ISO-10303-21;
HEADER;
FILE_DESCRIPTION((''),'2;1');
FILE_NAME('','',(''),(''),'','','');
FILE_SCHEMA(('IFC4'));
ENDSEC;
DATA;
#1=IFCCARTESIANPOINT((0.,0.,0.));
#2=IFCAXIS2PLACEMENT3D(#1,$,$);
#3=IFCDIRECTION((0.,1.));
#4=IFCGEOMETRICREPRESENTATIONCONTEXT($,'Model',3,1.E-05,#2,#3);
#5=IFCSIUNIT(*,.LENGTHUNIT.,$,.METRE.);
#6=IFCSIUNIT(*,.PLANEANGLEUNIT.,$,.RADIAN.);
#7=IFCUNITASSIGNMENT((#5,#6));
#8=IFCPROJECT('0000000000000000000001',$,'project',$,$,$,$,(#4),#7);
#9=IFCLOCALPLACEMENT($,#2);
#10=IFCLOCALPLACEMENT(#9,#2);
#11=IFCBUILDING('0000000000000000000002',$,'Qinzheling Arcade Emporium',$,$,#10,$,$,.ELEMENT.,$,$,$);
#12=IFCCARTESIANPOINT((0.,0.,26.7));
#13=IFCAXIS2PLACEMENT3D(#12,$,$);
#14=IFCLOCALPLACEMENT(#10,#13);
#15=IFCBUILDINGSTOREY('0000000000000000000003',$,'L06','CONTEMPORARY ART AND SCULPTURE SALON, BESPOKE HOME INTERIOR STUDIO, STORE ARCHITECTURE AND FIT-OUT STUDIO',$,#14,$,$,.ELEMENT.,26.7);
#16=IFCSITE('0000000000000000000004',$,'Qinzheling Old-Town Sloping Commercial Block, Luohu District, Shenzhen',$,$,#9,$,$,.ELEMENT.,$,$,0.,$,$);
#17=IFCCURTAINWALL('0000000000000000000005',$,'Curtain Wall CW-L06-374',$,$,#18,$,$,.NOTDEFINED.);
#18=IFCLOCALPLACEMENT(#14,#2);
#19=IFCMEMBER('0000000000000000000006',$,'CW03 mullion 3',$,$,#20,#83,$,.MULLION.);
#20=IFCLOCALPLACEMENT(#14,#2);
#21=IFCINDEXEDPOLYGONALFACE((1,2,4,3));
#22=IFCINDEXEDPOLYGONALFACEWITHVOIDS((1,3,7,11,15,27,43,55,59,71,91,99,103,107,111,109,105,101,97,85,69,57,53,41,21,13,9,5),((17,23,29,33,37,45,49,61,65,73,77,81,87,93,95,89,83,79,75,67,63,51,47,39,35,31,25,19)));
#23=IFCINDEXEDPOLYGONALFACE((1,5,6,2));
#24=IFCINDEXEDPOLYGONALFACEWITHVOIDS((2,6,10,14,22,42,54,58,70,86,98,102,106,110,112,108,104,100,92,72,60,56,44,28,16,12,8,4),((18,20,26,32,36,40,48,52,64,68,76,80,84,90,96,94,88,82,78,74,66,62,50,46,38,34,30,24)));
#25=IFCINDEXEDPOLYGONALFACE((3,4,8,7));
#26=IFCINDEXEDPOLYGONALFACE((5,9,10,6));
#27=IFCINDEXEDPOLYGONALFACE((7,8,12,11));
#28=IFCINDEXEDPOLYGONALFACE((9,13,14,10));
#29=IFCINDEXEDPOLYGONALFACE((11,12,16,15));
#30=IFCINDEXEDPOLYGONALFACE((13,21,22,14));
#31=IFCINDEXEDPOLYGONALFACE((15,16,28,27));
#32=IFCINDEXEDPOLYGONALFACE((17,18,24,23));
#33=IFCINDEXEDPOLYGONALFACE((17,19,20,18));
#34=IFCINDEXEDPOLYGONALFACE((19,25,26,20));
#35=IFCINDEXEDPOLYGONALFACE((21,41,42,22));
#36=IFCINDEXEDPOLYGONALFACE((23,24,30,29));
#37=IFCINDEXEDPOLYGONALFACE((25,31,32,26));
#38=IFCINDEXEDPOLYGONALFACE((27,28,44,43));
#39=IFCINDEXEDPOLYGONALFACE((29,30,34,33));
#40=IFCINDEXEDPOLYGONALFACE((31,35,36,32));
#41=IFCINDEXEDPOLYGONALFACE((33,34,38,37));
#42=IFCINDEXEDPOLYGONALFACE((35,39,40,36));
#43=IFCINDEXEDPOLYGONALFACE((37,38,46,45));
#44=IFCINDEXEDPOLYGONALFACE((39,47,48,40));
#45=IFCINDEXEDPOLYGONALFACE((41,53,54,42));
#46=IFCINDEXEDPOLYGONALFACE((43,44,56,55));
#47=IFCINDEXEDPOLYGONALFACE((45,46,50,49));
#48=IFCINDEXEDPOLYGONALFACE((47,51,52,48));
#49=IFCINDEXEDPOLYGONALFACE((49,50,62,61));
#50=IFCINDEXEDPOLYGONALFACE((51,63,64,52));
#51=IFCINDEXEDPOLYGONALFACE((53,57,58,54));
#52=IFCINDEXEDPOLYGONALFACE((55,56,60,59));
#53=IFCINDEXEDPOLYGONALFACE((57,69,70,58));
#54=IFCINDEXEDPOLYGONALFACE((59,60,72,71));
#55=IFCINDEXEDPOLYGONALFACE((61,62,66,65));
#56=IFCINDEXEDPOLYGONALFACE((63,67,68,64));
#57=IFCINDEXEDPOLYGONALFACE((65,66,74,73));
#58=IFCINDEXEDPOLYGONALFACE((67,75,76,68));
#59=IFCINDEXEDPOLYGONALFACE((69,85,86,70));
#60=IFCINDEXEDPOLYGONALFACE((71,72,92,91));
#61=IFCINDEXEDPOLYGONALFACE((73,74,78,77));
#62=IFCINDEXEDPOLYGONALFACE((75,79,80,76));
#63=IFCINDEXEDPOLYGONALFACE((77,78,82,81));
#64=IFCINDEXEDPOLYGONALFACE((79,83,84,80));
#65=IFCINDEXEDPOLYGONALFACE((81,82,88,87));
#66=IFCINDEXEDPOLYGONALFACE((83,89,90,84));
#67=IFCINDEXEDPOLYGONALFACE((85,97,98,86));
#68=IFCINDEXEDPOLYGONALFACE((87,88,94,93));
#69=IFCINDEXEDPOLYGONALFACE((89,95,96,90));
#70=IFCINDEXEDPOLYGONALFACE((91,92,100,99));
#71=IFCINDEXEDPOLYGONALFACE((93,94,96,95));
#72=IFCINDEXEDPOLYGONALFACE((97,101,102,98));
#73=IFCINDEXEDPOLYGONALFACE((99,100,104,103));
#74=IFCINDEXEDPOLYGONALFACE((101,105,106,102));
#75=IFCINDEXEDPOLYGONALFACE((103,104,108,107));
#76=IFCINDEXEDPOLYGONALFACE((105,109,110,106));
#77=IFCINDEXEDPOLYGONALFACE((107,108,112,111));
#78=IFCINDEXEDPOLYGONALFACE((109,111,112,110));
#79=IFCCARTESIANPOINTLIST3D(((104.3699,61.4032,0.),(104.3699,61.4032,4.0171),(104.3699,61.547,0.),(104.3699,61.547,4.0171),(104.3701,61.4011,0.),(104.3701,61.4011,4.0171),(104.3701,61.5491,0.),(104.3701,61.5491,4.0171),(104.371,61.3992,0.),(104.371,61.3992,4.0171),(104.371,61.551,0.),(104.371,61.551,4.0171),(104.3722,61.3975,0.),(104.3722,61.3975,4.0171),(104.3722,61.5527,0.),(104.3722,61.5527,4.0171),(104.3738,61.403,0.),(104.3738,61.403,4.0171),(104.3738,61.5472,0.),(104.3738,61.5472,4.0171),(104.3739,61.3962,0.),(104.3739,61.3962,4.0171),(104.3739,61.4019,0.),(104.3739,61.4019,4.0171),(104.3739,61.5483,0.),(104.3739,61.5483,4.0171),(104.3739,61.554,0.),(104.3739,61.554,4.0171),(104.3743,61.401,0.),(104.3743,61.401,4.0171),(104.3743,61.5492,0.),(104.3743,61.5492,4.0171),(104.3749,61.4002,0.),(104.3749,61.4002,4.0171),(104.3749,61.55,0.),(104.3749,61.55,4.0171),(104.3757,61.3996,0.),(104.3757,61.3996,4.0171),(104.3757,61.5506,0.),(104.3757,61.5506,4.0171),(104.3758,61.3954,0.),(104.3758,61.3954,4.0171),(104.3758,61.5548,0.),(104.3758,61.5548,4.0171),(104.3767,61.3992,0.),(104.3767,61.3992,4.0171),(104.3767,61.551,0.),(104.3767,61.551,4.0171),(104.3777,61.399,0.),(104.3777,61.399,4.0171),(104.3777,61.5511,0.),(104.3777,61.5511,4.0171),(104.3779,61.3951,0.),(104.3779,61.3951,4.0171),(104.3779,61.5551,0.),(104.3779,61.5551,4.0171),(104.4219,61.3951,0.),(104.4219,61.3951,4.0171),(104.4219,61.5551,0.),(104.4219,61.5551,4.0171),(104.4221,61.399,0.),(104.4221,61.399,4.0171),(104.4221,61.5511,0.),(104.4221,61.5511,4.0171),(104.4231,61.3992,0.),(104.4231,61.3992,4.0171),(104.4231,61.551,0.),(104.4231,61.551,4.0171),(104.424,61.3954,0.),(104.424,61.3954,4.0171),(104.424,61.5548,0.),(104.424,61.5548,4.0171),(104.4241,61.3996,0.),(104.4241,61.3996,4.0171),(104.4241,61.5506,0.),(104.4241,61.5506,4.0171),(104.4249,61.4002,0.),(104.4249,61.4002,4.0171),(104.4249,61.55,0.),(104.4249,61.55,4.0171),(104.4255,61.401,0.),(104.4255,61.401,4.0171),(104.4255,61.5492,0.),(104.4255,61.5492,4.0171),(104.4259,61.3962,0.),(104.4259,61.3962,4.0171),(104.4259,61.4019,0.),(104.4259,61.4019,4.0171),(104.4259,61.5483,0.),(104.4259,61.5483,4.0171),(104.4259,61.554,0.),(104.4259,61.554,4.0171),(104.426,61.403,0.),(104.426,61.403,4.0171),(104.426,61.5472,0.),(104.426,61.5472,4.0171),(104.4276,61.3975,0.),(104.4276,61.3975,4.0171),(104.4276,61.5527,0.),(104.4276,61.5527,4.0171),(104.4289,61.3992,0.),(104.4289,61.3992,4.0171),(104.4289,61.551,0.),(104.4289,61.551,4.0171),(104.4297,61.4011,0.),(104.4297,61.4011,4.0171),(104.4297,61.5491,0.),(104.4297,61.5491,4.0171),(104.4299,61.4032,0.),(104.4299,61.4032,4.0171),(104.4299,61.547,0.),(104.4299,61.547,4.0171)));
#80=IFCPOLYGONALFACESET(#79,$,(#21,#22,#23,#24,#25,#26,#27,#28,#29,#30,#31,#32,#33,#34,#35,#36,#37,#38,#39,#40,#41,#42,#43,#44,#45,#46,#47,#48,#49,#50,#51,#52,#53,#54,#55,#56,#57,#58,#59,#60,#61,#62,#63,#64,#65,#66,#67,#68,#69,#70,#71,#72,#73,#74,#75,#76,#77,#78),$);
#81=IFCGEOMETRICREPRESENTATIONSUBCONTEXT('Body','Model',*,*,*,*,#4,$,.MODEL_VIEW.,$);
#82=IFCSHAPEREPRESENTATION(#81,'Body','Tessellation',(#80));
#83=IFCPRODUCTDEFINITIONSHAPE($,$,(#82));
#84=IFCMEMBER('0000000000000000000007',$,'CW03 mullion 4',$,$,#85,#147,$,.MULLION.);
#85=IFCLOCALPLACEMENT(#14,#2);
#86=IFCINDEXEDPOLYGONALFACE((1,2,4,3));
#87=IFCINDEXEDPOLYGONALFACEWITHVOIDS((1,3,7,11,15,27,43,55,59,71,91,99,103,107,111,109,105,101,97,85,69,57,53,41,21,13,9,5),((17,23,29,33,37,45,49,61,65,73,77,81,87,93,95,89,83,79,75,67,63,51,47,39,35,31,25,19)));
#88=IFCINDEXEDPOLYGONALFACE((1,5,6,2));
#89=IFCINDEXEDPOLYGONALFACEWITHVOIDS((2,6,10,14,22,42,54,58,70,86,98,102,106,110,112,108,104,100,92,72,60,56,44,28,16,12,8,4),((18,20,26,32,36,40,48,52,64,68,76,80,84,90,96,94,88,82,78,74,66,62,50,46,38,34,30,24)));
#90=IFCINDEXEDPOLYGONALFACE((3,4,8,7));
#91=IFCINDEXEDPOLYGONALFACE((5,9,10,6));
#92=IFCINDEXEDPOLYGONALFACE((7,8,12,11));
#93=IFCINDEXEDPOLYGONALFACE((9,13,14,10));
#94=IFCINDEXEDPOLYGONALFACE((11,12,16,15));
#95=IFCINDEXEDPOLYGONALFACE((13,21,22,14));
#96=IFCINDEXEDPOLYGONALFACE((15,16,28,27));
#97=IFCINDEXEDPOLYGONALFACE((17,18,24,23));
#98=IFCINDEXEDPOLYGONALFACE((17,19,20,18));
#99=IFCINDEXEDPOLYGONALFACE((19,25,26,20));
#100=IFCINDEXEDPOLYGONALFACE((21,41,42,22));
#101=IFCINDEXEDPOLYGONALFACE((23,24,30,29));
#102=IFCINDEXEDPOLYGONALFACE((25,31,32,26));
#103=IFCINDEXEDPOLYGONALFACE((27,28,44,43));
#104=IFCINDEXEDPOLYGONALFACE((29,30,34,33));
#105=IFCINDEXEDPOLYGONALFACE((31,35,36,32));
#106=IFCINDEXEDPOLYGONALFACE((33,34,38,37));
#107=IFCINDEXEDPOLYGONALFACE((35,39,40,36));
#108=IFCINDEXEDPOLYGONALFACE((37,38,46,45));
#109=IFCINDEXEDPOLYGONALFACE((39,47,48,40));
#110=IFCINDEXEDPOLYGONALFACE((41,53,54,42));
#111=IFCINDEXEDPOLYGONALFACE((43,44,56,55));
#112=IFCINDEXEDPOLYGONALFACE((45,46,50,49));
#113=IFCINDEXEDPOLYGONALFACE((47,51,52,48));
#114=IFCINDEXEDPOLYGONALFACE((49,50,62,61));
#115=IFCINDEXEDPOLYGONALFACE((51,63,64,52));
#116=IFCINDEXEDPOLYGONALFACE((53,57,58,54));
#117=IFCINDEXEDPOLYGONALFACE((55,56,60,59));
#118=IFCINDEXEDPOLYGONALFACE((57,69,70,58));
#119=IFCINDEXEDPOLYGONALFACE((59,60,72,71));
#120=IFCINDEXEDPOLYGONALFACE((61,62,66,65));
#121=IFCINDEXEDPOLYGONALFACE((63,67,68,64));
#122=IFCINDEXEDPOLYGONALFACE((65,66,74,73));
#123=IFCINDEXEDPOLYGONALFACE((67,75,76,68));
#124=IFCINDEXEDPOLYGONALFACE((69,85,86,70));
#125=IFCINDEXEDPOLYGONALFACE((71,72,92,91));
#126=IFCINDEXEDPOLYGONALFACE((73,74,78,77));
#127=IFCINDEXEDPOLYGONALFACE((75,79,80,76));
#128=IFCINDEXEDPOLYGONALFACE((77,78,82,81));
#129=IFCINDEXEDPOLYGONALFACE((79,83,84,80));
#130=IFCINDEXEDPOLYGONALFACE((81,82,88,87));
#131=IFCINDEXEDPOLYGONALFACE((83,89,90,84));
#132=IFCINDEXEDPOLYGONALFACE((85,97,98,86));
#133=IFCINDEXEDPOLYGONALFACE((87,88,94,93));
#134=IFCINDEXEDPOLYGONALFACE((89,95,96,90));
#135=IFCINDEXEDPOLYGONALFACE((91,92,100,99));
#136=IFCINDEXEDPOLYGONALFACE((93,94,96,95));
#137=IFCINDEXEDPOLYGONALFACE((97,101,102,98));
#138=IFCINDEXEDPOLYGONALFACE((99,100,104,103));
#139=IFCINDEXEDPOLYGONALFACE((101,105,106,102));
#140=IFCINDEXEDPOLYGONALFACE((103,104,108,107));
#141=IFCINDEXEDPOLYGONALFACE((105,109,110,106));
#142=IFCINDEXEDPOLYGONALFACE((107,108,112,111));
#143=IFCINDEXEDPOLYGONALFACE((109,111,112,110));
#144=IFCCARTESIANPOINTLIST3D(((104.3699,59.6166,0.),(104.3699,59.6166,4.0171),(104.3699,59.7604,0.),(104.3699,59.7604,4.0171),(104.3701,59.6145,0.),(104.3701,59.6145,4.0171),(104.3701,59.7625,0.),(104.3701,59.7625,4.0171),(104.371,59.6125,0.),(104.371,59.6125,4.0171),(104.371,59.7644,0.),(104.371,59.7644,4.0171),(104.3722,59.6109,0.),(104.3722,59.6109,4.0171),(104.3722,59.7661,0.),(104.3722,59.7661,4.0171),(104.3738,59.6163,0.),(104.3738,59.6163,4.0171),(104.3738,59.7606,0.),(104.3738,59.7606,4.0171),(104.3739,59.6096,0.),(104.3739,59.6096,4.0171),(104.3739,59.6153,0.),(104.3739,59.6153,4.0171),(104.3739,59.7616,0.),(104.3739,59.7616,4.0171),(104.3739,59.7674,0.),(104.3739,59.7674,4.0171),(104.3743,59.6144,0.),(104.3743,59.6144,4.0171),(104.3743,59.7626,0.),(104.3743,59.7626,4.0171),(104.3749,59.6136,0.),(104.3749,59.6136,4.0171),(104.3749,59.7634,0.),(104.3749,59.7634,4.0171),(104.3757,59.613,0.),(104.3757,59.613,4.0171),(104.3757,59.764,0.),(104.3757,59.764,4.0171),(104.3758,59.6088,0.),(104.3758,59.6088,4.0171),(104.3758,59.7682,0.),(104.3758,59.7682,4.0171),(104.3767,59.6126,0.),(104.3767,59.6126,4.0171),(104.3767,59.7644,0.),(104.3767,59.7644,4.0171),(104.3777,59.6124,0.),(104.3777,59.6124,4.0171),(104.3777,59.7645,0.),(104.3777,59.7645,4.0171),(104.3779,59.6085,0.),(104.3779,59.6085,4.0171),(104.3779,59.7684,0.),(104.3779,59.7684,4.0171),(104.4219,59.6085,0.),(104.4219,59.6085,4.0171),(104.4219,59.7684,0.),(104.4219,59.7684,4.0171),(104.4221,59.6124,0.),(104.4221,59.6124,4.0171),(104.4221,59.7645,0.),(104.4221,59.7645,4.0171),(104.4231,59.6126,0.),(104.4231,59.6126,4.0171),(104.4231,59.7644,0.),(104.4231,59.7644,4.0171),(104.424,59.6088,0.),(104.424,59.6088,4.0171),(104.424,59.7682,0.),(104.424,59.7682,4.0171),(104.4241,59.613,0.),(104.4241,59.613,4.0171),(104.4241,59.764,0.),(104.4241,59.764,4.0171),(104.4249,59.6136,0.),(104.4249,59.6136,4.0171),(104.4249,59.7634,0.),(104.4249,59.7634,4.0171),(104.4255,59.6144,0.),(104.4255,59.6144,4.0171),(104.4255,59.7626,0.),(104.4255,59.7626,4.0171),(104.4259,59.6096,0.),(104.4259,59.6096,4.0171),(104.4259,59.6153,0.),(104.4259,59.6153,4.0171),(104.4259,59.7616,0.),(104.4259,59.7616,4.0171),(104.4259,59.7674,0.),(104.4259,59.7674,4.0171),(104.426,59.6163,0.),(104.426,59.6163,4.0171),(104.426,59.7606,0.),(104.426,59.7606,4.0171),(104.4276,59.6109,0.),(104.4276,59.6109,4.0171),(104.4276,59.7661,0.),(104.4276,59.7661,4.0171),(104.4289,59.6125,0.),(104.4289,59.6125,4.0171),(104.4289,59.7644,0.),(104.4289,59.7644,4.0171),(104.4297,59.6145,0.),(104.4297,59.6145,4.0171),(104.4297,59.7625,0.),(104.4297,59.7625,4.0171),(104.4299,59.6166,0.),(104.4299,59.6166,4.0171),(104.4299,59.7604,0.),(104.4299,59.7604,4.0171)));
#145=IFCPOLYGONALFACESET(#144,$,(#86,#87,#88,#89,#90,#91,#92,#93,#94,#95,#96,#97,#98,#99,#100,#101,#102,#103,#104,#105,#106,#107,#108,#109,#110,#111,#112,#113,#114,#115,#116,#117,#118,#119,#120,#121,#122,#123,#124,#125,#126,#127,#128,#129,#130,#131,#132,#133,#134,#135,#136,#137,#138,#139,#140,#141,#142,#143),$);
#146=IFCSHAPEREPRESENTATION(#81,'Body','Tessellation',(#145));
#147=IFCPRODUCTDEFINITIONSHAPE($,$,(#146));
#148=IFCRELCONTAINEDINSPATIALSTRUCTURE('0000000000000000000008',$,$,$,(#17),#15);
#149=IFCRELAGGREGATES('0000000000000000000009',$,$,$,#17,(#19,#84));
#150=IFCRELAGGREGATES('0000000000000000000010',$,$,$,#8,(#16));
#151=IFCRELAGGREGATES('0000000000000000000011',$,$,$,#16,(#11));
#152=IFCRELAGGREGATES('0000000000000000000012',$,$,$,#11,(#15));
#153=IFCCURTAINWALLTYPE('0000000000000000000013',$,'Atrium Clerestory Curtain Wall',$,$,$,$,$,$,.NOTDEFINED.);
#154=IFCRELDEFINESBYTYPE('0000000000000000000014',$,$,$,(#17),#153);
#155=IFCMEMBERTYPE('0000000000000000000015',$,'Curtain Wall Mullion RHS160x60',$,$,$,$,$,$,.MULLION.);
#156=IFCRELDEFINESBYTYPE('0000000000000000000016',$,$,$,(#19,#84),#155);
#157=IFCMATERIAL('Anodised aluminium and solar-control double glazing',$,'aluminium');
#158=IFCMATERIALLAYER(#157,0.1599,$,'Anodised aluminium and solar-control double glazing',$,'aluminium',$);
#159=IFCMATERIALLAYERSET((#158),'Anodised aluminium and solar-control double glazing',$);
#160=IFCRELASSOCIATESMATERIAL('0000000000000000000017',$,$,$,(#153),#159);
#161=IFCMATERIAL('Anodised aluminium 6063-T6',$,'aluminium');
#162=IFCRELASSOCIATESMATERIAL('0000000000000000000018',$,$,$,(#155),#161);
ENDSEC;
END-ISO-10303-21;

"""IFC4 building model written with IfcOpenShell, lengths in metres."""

from ifc_helpers import new_model, si_unit, direction, frame, origin, origin_2d, place, context, subcontext, project, spatial, hollow_rectangle, extrude, material, layer, layer_set, material_profile, profile_set, type_object, element, aggregate, save


model = new_model("IFC4")

# Units and contexts
model_context = context("Model", 3, precision=1e-05, world=origin(), true_north=direction((0.0, 1.0)))
body_context = subcontext(model_context, "Body", "Model", "MODEL_VIEW")
ifc_project = project(units=[si_unit("LENGTHUNIT", "METRE"), si_unit("PLANEANGLEUNIT", "RADIAN")], contexts=[model_context])

# Site, building, storey
site_placement = place(None, origin())
site = spatial("IfcSite", under=ifc_project, at=site_placement, Name="Qinzheling Old-Town Sloping Commercial Block, Luohu District, Shenzhen", CompositionType="ELEMENT", RefElevation=0.0)
building_placement = place(site_placement, origin())
building = spatial("IfcBuilding", under=site, at=building_placement, Name="Qinzheling Arcade Emporium", CompositionType="ELEMENT")
storey_placement = place(building_placement, frame((0.0, 0.0, 26.7)))
storey = spatial("IfcBuildingStorey", under=building, at=storey_placement, Name="L06", Description="CONTEMPORARY ART AND SCULPTURE SALON, BESPOKE HOME INTERIOR STUDIO, STORE ARCHITECTURE AND FIT-OUT STUDIO", CompositionType="ELEMENT", Elevation=26.7)

# Curtain wall, members
ifc_material_1 = material(Name="Anodised aluminium and solar-control double glazing", Category="aluminium")
ifc_layer_1 = layer(ifc_material_1, 0.1599, Name="Anodised aluminium and solar-control double glazing", Category="aluminium")
ifc_layer_set_1 = layer_set([ifc_layer_1], Name="Anodised aluminium and solar-control double glazing")
curtain_wall_type = type_object("IfcCurtainWallType", Name="Atrium Clerestory Curtain Wall", PredefinedType="NOTDEFINED", material=ifc_layer_set_1)
curtain_wall_1_placement = place(storey_placement, origin())
curtain_wall_1 = element("IfcCurtainWall", 1, at=curtain_wall_1_placement, inside=storey, type_object=curtain_wall_type, Name="Curtain Wall CW-L06-374", PredefinedType="NOTDEFINED")
ifc_material_2 = material(Name="Anodised aluminium 6063-T6", Category="aluminium")
ifc_material_profile_1 = material_profile(ifc_material_2, hollow_rectangle(XDim=0.0601, YDim=0.1599, WallThickness=0.0039, InnerFilletRadius=0.0039, OuterFilletRadius=0.0081, at=origin_2d()), Name="RHS 160x60x4", Category="aluminium")
ifc_profile_set_1 = profile_set([ifc_material_profile_1], Name="Anodised aluminium 6063-T6")
member_type_1 = type_object("IfcMemberType", Name="Curtain Wall Mullion RHS160x60", PredefinedType="MULLION", material=ifc_profile_set_1)
member_1_placement = place(storey_placement, frame((104.3999, 61.4751, 0.0), z_axis=(0.0, 0.0, 1.0), x_axis=(1.0, 0.0, 0.0)))
member_1 = element("IfcMember", 2, at=member_1_placement, type_object=member_type_1, Name="CW03 mullion 3", PredefinedType="MULLION", context=body_context, shape_type="SweptSolid", body=[
    extrude(hollow_rectangle(XDim=0.0601, YDim=0.1599, WallThickness=0.0039, InnerFilletRadius=0.0039, OuterFilletRadius=0.0081, at=origin_2d()), origin(), (0.0, 0.0, 1.0), 4.0171),
])
member_2_placement = place(storey_placement, frame((104.3999, 59.6885, 0.0), z_axis=(0.0, 0.0, 1.0), x_axis=(1.0, 0.0, 0.0)))
member_2 = element("IfcMember", 3, at=member_2_placement, type_object=member_type_1, Name="CW03 mullion 4", PredefinedType="MULLION", context=body_context, shape_type="SweptSolid", body=[
    extrude(hollow_rectangle(XDim=0.0601, YDim=0.1599, WallThickness=0.0039, InnerFilletRadius=0.0039, OuterFilletRadius=0.0081, at=origin_2d()), origin(), (0.0, 0.0, 1.0), 4.0171),
])

aggregate(curtain_wall_1, [member_1, member_2])

save(model, "model.ifc")
